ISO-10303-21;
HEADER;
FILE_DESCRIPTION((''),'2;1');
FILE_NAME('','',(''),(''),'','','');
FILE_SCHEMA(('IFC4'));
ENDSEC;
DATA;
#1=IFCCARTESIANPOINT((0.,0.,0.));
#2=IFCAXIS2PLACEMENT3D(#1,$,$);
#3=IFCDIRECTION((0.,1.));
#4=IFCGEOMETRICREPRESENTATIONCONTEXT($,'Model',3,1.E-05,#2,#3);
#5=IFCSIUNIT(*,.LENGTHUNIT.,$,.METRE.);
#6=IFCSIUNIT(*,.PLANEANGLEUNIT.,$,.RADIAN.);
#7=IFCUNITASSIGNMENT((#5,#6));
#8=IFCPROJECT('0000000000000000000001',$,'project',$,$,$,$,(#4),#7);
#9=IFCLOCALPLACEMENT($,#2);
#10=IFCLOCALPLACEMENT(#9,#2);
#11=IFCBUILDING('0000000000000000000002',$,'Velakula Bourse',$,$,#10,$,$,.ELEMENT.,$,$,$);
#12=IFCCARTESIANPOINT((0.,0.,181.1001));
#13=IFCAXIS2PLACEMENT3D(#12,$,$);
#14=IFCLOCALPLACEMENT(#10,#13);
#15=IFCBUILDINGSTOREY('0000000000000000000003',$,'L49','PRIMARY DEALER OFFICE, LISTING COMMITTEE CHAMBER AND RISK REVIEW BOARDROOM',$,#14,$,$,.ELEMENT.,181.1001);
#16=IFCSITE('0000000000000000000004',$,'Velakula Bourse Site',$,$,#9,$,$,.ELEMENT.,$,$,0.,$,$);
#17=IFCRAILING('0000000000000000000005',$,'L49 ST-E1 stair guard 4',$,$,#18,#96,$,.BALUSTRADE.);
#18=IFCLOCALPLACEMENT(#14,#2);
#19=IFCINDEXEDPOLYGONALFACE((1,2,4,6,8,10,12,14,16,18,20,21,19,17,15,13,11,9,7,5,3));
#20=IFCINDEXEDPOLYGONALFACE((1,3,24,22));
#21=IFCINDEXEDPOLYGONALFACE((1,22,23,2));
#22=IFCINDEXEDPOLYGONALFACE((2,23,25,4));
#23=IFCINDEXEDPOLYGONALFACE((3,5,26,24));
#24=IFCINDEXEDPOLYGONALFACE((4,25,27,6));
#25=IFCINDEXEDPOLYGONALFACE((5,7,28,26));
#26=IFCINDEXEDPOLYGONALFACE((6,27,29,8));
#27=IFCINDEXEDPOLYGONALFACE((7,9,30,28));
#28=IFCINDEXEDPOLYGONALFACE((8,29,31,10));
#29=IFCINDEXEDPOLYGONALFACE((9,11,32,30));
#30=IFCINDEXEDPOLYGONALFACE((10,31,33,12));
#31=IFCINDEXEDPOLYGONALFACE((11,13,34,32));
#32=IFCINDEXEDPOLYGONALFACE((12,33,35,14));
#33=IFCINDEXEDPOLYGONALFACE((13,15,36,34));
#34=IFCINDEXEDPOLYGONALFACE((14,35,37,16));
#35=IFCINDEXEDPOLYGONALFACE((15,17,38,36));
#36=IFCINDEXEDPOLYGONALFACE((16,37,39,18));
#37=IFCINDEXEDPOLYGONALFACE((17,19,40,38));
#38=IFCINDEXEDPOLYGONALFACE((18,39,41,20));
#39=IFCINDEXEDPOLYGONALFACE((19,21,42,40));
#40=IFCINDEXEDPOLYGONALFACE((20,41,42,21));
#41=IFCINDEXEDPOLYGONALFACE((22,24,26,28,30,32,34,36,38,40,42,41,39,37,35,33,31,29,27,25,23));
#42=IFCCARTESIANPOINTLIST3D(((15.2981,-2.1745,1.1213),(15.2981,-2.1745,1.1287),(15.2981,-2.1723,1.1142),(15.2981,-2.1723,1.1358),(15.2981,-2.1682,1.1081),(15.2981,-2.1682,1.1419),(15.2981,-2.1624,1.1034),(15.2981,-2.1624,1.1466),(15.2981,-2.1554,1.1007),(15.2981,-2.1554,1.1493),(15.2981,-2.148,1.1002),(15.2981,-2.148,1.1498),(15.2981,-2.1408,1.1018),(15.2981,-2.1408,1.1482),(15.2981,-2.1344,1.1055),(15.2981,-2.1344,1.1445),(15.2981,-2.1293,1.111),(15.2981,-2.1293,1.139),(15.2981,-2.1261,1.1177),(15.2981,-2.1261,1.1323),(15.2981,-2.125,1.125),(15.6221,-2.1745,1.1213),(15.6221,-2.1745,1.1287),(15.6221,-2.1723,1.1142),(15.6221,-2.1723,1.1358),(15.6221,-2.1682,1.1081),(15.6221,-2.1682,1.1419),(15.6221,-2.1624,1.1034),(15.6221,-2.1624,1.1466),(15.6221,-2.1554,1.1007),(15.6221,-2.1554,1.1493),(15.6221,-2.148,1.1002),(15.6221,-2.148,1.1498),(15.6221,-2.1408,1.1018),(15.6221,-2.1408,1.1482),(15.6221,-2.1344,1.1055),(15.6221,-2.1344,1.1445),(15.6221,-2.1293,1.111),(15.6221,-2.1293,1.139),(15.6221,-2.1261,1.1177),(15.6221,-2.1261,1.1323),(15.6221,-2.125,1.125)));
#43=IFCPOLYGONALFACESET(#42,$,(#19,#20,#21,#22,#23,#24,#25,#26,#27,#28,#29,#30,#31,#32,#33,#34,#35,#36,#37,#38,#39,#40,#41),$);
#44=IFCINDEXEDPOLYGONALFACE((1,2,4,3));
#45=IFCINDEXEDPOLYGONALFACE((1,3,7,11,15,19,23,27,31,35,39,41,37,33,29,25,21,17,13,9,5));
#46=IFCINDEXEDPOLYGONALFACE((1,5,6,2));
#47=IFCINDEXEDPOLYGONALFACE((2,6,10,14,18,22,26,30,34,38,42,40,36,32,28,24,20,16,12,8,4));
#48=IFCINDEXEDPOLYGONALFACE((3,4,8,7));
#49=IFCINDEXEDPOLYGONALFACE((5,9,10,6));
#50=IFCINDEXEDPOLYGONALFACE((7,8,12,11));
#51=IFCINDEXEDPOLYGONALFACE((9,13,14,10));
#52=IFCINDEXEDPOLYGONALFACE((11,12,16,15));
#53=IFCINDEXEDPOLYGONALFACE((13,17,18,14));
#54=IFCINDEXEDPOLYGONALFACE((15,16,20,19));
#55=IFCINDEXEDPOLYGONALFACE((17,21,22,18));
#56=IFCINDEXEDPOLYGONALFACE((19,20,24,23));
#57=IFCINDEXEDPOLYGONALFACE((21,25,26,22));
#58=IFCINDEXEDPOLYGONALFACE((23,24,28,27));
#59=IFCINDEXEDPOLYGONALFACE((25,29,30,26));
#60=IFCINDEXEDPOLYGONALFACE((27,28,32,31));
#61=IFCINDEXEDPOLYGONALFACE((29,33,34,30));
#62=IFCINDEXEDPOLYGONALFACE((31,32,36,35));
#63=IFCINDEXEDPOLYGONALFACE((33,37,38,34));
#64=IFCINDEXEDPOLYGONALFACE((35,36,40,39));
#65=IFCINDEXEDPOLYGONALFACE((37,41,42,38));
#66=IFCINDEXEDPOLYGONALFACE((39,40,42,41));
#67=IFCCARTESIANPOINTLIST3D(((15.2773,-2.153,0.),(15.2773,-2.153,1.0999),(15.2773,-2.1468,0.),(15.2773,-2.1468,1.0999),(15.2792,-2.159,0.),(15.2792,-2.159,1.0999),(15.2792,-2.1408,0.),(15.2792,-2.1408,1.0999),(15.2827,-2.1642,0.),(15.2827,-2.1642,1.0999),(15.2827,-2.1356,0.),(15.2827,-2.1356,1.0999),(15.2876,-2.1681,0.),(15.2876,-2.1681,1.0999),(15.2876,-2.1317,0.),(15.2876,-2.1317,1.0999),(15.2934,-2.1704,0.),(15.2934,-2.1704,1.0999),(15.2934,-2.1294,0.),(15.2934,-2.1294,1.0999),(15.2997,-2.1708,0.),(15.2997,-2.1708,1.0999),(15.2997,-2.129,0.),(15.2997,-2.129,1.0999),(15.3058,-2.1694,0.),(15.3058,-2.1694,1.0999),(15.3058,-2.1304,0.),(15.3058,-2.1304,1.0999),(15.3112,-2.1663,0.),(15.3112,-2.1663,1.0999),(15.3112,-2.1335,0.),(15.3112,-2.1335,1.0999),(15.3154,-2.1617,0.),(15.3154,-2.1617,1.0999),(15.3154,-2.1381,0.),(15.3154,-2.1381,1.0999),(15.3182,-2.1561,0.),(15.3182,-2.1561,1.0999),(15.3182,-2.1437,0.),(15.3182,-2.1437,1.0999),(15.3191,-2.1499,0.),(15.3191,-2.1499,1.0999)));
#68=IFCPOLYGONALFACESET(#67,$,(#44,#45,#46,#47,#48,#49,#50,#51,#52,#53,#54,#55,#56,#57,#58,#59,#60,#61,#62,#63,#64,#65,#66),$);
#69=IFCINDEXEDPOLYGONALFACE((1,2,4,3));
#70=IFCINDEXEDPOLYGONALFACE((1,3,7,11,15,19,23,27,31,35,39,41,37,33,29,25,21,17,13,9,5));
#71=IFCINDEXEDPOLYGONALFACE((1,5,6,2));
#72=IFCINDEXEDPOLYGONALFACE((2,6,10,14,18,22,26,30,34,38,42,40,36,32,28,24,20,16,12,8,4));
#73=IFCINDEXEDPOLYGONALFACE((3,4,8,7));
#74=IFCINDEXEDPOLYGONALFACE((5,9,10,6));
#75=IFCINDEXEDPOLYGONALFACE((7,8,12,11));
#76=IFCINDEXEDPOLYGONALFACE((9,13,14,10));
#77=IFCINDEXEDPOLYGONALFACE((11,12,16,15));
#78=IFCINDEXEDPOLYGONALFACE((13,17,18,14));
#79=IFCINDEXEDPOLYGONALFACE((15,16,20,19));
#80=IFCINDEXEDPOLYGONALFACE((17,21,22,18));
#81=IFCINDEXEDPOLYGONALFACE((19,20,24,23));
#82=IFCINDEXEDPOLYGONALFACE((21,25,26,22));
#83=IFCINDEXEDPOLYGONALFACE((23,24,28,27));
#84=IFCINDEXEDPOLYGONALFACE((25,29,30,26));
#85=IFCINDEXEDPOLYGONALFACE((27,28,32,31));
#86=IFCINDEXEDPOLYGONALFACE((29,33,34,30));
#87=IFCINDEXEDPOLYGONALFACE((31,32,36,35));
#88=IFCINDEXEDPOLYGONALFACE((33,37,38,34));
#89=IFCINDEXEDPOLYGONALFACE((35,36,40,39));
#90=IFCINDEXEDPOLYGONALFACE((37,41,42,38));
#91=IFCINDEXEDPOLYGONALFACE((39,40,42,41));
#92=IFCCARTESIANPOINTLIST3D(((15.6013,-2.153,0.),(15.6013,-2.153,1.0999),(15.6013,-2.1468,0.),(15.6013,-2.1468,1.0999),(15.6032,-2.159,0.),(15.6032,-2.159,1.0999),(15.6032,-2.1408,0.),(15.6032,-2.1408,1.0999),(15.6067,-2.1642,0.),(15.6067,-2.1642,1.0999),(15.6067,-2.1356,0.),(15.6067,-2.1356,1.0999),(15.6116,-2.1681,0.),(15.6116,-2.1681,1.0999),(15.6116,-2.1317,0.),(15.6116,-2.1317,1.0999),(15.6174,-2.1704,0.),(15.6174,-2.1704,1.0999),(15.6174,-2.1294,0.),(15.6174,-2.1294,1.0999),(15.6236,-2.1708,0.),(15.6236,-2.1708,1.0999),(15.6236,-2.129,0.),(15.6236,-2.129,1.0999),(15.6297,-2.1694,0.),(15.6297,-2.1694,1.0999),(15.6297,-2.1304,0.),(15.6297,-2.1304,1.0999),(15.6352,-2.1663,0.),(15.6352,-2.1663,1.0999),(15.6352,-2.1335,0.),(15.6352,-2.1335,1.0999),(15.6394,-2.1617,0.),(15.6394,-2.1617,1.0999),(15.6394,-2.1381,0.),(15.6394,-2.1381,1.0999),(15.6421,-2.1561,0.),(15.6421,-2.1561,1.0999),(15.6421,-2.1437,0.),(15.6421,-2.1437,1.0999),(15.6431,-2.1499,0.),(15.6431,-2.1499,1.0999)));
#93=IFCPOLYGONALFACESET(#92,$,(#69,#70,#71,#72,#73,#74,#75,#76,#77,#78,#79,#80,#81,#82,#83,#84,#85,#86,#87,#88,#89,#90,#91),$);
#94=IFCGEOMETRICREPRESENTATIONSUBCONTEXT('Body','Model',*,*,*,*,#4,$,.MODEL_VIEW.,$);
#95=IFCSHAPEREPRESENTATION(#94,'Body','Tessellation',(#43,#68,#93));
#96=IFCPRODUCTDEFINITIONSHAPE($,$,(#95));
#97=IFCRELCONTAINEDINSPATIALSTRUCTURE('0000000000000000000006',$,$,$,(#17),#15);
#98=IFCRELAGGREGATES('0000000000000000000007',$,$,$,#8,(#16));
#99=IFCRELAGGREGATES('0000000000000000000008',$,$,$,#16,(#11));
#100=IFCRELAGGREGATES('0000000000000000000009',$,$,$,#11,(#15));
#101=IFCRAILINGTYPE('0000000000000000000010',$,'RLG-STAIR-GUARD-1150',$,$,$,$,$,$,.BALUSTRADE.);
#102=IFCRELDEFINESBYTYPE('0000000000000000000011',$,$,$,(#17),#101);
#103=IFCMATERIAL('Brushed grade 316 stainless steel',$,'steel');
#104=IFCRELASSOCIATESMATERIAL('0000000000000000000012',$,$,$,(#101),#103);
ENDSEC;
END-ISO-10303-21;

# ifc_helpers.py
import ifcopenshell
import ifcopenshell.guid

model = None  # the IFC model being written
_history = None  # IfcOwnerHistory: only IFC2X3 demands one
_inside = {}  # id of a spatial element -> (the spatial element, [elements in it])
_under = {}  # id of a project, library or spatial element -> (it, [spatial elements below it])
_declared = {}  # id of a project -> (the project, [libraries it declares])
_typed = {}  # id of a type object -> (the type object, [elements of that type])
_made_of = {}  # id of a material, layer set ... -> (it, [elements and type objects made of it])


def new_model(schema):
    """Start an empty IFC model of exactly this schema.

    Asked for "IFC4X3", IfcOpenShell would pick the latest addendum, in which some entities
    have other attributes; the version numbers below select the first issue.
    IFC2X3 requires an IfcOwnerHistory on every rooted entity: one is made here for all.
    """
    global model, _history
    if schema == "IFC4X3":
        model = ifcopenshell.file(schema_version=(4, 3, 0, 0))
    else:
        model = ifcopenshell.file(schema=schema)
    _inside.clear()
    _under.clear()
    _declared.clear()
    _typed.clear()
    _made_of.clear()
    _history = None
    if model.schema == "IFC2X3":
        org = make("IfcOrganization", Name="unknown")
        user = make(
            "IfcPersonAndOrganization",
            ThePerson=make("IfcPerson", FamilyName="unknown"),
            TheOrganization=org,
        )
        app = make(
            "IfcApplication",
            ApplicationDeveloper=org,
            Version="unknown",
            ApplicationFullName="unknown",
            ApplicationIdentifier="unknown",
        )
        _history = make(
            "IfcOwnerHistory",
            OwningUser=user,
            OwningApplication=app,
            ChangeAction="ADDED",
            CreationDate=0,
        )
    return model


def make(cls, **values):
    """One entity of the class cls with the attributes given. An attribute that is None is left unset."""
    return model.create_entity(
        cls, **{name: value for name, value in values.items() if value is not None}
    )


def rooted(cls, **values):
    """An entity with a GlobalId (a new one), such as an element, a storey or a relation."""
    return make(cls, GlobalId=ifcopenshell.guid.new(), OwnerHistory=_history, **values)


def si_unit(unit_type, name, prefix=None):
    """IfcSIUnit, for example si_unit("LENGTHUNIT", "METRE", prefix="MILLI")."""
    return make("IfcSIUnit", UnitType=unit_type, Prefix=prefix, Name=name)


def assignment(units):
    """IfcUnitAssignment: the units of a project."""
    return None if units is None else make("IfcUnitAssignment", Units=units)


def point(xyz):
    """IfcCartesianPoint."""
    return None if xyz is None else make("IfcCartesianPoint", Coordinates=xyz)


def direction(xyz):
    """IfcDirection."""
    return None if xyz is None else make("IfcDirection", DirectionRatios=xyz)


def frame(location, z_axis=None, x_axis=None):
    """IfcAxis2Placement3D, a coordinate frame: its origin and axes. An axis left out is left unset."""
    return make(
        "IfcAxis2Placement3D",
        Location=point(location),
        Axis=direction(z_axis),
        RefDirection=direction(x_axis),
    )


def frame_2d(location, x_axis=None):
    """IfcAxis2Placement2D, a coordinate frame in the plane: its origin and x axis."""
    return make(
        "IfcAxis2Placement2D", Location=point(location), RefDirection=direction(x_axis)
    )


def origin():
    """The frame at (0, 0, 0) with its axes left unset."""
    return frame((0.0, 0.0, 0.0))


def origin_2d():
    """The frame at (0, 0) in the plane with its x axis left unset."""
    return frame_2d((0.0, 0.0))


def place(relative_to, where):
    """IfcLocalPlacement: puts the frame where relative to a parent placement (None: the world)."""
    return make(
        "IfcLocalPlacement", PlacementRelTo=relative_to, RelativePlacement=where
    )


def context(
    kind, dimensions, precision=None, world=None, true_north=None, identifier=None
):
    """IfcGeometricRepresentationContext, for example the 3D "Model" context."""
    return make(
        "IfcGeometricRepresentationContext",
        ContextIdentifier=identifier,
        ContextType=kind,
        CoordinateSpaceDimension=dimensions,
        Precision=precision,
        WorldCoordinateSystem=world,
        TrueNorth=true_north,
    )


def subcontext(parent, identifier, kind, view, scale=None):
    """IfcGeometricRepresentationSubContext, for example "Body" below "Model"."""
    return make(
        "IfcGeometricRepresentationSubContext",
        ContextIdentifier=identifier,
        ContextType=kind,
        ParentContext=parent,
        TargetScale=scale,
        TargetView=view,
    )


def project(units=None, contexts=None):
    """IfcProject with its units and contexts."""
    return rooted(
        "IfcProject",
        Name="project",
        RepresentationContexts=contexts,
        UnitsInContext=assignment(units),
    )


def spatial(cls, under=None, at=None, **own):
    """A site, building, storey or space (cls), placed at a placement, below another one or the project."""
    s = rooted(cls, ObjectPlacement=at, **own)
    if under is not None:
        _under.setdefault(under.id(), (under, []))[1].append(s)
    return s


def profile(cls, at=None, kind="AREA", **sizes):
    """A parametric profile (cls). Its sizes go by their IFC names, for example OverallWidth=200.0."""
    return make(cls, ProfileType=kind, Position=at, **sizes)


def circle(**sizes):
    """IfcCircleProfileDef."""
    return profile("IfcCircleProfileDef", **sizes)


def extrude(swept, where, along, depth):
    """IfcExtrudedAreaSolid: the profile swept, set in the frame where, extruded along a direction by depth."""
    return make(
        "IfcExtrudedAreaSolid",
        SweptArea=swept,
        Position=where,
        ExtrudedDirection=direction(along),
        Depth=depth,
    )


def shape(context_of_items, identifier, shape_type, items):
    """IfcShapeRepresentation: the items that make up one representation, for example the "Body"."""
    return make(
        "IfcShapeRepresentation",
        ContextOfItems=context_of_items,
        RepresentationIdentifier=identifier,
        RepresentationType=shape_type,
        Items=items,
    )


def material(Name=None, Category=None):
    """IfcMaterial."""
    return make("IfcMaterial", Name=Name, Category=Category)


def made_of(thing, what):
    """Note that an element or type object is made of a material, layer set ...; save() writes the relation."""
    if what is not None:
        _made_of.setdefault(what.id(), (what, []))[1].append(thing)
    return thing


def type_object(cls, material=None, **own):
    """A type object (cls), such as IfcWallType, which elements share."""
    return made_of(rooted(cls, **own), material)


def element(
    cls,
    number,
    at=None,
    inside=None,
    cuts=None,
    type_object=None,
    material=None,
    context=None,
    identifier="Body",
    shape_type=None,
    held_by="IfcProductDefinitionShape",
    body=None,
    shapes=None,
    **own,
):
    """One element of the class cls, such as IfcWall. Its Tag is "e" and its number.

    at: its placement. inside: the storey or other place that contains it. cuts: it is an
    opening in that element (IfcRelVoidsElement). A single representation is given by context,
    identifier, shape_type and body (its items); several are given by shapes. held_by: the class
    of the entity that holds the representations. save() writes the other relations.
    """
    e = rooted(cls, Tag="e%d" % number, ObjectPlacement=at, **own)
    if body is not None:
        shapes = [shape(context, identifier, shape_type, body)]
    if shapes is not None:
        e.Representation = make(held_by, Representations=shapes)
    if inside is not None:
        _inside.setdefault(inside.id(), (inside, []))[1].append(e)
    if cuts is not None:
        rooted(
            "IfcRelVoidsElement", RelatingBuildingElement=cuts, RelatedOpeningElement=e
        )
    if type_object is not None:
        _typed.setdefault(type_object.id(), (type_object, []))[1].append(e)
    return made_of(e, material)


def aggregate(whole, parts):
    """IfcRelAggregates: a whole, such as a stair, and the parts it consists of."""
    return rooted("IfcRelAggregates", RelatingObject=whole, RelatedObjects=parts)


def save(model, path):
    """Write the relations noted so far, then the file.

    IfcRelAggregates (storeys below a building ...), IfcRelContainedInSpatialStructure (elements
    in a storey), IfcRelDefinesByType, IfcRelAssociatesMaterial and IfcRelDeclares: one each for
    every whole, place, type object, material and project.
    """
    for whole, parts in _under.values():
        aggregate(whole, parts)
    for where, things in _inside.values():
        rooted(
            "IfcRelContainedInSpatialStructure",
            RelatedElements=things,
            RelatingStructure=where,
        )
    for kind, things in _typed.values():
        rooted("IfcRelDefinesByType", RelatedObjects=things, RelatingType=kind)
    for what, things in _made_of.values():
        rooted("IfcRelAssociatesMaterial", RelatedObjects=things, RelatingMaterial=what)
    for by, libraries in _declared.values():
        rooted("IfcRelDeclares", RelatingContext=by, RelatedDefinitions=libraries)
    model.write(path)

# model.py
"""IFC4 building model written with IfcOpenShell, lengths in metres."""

from ifc_helpers import new_model, si_unit, direction, frame, origin, origin_2d, place, context, subcontext, project, spatial, circle, extrude, material, type_object, element, save


model = new_model("IFC4")

# Units and contexts
model_context = context("Model", 3, precision=1e-05, world=origin(), true_north=direction((0.0, 1.0)))
body_context = subcontext(model_context, "Body", "Model", "MODEL_VIEW")
ifc_project = project(units=[si_unit("LENGTHUNIT", "METRE"), si_unit("PLANEANGLEUNIT", "RADIAN")], contexts=[model_context])

# Site, building, storey
site_placement = place(None, origin())
site = spatial("IfcSite", under=ifc_project, at=site_placement, Name="Velakula Bourse Site", CompositionType="ELEMENT", RefElevation=0.0)
building_placement = place(site_placement, origin())
building = spatial("IfcBuilding", under=site, at=building_placement, Name="Velakula Bourse", CompositionType="ELEMENT")
storey_placement = place(building_placement, frame((0.0, 0.0, 181.1001)))
storey = spatial("IfcBuildingStorey", under=building, at=storey_placement, Name="L49", Description="PRIMARY DEALER OFFICE, LISTING COMMITTEE CHAMBER AND RISK REVIEW BOARDROOM", CompositionType="ELEMENT", Elevation=181.1001)

# Shared definitions
ifc_material_1 = material(Name="Brushed grade 316 stainless steel", Category="steel")

# Railing
railing_type_1 = type_object("IfcRailingType", Name="RLG-STAIR-GUARD-1150", PredefinedType="BALUSTRADE", material=ifc_material_1)
railing_1_placement = place(storey_placement, frame((15.2981, -2.1499, 0.0)))
element("IfcRailing", 1, at=railing_1_placement, inside=storey, type_object=railing_type_1, Name="L49 ST-E1 stair guard 4", PredefinedType="BALUSTRADE", context=body_context, shape_type="SweptSolid", body=[
    extrude(circle(Radius=0.0249, at=origin_2d()), frame((0.0, 0.0, 1.125), z_axis=(1.0, 0.0, 0.0), x_axis=(0.0, 1.0, 0.0)), (0.0, 0.0, 1.0), 0.324),
    extrude(circle(Radius=0.021, at=origin_2d()), origin(), (0.0, 0.0, 1.0), 1.0999),
    extrude(circle(Radius=0.021, at=origin_2d()), frame((0.324, 0.0, 0.0)), (0.0, 0.0, 1.0), 1.0999),
])

save(model, "model.ifc")
